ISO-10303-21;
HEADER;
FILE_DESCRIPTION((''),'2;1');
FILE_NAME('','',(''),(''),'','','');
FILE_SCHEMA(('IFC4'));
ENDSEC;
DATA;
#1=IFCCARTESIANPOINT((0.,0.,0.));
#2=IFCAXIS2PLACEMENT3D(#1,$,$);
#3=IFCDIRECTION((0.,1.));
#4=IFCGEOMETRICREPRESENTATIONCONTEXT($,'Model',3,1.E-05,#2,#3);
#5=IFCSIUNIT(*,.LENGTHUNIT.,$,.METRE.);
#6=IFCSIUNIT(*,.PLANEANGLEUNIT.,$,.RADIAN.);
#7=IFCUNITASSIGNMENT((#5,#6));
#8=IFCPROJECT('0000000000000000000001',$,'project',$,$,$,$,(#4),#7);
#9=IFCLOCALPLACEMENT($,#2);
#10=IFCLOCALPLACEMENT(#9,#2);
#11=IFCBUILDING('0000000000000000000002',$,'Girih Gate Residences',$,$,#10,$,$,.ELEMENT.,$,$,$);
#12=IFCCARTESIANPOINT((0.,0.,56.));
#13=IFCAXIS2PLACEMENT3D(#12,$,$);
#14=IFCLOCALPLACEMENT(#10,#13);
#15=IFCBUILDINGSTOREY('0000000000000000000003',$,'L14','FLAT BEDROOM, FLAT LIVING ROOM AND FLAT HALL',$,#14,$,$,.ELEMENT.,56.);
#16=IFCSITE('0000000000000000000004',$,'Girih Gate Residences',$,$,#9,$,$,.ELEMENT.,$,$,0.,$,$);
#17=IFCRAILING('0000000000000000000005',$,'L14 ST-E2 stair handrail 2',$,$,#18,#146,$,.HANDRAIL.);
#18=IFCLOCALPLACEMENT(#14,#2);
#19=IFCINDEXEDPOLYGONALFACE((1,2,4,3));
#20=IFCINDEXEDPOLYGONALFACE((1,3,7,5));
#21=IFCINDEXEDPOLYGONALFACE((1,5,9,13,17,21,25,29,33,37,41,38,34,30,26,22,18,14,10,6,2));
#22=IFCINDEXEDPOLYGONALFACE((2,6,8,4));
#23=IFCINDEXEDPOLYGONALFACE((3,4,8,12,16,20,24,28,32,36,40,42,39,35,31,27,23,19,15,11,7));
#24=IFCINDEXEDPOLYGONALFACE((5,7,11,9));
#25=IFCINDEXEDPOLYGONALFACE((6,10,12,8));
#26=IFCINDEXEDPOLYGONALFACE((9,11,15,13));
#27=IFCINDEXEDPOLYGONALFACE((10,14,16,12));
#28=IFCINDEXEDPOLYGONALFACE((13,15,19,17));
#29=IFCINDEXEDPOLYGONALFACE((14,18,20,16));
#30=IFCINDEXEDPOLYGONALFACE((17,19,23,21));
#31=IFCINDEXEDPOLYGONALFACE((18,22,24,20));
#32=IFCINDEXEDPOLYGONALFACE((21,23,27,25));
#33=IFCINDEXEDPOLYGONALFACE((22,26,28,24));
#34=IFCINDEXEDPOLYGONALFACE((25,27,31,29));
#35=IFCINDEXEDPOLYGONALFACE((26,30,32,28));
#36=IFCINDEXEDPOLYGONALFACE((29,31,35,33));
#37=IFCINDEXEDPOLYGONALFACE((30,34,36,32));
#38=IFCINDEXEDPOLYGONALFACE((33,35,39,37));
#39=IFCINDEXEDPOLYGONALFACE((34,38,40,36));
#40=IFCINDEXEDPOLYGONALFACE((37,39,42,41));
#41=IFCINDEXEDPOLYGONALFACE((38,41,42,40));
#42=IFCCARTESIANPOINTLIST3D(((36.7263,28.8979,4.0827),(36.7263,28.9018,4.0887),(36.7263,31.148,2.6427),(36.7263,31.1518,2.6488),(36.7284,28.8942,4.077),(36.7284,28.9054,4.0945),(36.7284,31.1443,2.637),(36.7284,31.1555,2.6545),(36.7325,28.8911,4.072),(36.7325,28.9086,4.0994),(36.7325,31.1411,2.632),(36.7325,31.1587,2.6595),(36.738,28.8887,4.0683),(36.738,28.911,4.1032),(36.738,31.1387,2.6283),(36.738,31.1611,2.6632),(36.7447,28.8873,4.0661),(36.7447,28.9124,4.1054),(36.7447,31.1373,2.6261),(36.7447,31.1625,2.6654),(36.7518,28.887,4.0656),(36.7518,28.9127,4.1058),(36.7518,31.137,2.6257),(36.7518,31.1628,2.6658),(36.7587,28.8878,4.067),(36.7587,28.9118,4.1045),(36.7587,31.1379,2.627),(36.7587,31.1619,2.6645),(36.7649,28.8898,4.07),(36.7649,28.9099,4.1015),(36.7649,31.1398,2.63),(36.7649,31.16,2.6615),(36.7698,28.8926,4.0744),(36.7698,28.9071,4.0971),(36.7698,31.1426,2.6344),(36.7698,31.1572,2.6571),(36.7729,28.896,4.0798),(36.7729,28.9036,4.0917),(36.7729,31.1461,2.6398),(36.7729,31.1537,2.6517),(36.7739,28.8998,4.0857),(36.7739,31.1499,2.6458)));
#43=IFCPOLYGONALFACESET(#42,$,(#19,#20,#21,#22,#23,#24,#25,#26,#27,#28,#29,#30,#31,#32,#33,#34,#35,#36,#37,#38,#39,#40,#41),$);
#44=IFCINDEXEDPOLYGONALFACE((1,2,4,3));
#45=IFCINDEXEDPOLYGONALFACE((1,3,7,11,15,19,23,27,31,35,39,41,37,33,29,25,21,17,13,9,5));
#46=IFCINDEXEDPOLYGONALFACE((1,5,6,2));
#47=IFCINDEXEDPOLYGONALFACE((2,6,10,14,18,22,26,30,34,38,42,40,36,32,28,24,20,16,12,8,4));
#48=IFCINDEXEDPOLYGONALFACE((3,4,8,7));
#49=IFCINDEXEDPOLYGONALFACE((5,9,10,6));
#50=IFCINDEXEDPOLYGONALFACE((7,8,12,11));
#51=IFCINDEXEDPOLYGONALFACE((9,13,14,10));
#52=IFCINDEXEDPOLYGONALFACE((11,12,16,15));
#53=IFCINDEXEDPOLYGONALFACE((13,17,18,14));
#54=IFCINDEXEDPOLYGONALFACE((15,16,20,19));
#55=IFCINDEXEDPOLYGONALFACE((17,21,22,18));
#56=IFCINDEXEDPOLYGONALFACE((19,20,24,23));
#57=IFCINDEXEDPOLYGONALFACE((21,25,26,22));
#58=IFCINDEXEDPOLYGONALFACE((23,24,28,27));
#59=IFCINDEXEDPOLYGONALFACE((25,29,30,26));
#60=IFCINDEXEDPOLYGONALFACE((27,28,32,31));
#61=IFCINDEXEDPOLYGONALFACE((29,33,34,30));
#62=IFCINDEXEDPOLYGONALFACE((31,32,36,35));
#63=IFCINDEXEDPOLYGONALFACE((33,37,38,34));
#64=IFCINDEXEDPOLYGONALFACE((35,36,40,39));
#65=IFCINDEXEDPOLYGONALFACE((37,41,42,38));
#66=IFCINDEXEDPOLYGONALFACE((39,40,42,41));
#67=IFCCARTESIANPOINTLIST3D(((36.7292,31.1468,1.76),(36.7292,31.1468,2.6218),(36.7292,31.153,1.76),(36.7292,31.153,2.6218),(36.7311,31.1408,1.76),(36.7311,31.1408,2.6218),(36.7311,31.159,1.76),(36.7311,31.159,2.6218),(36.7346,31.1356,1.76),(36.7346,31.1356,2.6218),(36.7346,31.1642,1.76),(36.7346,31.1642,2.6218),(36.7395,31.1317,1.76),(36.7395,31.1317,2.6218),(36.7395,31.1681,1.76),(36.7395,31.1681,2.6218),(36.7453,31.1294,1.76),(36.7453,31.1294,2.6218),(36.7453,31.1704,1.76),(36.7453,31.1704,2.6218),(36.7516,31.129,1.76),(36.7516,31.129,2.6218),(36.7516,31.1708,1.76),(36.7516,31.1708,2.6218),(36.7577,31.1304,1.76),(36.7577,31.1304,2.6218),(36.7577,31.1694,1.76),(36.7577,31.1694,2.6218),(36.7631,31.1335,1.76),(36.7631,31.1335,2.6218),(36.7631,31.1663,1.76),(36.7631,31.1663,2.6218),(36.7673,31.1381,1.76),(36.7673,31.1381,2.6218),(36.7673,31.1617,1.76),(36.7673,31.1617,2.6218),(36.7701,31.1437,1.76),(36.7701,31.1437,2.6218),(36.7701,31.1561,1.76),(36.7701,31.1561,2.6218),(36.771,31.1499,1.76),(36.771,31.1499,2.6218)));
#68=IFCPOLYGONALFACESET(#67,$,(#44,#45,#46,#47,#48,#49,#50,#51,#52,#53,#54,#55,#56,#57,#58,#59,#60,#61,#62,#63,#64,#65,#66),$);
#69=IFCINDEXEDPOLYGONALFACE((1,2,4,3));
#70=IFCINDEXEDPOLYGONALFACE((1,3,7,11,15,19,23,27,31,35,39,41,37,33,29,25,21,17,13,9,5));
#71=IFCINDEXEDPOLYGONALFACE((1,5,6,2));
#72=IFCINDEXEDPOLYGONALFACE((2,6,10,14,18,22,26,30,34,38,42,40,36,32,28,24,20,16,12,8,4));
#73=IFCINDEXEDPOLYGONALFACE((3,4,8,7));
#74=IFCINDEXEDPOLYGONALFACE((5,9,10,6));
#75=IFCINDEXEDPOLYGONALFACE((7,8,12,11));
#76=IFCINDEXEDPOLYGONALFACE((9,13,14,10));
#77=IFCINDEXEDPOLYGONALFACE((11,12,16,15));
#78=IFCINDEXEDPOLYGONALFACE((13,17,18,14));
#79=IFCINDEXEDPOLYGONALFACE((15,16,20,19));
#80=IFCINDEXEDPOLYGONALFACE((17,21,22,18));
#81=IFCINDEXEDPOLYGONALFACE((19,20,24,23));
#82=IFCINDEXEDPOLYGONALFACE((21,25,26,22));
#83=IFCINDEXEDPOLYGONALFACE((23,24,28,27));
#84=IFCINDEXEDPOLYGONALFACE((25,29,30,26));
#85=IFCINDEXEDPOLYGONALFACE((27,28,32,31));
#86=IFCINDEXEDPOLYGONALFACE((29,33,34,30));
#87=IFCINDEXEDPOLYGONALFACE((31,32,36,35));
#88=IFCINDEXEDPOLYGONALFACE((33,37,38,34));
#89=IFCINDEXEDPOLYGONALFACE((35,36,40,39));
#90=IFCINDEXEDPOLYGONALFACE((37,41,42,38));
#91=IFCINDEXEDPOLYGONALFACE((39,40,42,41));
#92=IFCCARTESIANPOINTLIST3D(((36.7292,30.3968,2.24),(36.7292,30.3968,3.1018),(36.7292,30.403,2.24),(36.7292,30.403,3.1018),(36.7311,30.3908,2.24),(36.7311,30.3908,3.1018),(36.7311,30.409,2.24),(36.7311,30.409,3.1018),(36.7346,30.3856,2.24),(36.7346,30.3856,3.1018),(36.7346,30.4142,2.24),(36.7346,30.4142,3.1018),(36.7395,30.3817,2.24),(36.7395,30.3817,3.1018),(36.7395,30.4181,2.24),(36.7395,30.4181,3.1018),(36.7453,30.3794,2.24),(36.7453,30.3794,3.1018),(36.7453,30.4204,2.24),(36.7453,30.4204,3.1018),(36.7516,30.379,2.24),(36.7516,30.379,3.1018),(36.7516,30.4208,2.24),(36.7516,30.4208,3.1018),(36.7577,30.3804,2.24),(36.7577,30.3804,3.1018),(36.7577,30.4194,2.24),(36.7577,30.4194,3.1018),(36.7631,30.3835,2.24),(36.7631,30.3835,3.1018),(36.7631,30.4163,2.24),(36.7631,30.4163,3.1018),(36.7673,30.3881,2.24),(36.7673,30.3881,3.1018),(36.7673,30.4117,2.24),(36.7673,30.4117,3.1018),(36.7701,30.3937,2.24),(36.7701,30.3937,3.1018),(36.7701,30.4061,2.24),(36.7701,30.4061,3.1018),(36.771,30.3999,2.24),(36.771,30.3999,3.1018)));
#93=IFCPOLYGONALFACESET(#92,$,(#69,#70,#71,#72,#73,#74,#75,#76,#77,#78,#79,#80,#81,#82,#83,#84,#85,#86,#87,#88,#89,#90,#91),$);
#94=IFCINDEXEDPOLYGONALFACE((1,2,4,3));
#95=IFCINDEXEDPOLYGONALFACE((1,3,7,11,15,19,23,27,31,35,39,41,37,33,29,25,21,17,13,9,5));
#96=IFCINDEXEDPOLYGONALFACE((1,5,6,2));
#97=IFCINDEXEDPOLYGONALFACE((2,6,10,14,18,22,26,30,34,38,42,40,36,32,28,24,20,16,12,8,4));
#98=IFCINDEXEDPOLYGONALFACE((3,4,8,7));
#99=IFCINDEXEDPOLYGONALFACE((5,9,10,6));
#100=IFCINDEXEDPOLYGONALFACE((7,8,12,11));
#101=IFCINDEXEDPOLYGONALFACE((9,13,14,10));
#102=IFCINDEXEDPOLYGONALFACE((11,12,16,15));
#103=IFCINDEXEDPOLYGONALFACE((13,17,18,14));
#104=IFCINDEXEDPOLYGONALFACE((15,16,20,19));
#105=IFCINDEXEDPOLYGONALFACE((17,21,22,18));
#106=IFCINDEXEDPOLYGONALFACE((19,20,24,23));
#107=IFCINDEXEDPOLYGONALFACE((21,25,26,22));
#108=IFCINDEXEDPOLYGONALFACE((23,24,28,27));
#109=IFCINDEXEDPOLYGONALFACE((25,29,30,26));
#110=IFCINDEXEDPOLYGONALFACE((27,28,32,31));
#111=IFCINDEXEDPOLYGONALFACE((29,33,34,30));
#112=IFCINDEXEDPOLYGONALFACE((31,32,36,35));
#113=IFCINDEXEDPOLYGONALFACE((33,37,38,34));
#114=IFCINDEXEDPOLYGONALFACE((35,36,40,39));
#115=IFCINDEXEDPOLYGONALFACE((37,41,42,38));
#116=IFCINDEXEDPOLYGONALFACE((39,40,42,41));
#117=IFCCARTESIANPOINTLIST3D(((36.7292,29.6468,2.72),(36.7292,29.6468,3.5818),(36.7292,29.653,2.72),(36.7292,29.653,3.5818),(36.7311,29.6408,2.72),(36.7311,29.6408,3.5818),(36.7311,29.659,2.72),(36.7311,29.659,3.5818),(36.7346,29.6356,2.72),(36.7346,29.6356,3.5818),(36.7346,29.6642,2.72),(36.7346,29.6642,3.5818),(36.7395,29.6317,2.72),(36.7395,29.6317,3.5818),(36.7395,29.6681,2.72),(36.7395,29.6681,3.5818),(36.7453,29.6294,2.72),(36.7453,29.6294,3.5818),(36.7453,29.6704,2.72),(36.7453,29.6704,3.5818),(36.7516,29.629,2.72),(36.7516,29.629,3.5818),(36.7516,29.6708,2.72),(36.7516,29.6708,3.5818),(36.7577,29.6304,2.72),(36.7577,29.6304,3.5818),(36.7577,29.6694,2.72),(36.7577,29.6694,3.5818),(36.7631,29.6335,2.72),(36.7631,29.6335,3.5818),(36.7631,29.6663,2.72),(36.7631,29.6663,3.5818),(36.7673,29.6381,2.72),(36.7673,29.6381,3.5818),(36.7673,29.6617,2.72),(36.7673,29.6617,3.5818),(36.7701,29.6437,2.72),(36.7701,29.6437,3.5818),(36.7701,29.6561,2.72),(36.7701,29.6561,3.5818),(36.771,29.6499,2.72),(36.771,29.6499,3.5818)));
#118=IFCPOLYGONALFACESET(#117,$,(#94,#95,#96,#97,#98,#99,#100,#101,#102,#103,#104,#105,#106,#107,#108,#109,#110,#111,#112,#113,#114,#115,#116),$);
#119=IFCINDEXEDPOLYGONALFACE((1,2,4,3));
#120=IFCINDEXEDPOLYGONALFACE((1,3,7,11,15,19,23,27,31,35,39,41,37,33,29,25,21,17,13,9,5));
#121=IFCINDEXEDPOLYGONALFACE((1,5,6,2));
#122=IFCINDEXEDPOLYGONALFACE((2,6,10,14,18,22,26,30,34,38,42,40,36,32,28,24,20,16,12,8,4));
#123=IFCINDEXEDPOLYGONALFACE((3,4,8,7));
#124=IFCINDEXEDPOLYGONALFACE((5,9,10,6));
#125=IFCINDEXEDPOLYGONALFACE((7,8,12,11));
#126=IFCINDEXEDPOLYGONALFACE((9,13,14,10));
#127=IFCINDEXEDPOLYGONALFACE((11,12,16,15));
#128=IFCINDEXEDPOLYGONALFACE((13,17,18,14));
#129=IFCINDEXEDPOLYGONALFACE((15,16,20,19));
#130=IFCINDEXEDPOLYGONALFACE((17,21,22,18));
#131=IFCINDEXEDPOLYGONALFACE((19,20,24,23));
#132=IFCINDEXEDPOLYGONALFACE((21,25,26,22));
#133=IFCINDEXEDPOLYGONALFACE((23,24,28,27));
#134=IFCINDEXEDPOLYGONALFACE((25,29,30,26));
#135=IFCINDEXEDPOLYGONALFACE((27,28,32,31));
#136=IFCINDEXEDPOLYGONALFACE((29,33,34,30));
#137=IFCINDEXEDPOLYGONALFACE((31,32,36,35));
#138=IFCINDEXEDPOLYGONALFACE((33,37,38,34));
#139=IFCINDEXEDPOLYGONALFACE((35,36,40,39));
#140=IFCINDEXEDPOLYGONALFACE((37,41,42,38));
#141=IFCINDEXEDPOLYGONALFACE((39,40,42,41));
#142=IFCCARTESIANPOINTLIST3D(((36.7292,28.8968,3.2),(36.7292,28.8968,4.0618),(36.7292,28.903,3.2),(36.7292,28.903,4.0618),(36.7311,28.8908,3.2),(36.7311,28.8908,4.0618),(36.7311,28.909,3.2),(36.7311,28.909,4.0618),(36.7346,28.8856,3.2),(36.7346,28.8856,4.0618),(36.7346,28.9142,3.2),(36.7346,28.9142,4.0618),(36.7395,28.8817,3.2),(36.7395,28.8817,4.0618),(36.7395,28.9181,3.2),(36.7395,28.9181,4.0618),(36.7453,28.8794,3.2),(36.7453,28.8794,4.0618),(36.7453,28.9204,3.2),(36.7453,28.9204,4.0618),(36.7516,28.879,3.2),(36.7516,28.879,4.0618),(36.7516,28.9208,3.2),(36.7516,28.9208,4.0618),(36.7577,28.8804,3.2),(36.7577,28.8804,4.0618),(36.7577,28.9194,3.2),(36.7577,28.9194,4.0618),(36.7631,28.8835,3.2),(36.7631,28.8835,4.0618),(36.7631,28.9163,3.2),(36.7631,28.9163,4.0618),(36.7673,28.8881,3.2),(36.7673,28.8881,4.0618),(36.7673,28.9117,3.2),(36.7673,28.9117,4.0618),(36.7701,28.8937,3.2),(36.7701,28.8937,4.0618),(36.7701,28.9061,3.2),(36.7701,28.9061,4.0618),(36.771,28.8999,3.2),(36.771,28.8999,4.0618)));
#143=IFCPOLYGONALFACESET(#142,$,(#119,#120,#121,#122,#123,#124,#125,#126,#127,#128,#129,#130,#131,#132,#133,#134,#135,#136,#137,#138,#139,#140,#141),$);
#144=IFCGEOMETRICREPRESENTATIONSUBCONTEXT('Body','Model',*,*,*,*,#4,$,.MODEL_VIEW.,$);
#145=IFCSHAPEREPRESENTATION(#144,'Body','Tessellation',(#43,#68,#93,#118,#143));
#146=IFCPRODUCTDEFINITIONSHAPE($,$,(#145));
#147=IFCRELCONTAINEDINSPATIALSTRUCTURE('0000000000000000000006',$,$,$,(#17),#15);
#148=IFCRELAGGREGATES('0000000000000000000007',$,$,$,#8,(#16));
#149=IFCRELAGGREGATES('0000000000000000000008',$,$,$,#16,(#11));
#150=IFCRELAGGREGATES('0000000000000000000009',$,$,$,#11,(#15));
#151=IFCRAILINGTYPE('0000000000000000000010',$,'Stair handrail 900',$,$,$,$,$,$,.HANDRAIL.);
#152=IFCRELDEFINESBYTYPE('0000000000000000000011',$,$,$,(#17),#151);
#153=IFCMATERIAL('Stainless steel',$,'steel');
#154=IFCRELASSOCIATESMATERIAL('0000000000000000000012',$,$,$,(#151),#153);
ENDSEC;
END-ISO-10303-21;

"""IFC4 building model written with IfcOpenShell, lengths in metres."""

from ifc_helpers import new_model, si_unit, direction, frame, origin, origin_2d, place, context, subcontext, project, spatial, circle, extrude, material, type_object, element, save


model = new_model("IFC4")

# Units and contexts
model_context = context("Model", 3, precision=1e-05, world=origin(), true_north=direction((0.0, 1.0)))
body_context = subcontext(model_context, "Body", "Model", "MODEL_VIEW")
ifc_project = project(units=[si_unit("LENGTHUNIT", "METRE"), si_unit("PLANEANGLEUNIT", "RADIAN")], contexts=[model_context])

# Site, building, storey
site_placement = place(None, origin())
site = spatial("IfcSite", under=ifc_project, at=site_placement, Name="Girih Gate Residences", CompositionType="ELEMENT", RefElevation=0.0)
building_placement = place(site_placement, origin())
building = spatial("IfcBuilding", under=site, at=building_placement, Name="Girih Gate Residences", CompositionType="ELEMENT")
storey_placement = place(building_placement, frame((0.0, 0.0, 56.0)))
storey = spatial("IfcBuildingStorey", under=building, at=storey_placement, Name="L14", Description="FLAT BEDROOM, FLAT LIVING ROOM AND FLAT HALL", CompositionType="ELEMENT", Elevation=56.0)

# Shared definitions
ifc_material_1 = material(Name="Stainless steel", Category="steel")

# Railing
railing_type_1 = type_object("IfcRailingType", Name="Stair handrail 900", PredefinedType="HANDRAIL", material=ifc_material_1)
railing_1_placement = place(storey_placement, frame((36.75, 31.1499, 1.76)))
element("IfcRailing", 1, at=railing_1_placement, inside=storey, type_object=railing_type_1, Name="L14 ST-E2 stair handrail 2", PredefinedType="HANDRAIL", context=body_context, shape_type="SweptSolid", body=[
    extrude(circle(Radius=0.0239, at=origin_2d()), frame((0.0, 0.0, 0.8857), z_axis=(0.0, -0.842281, 0.539038), x_axis=(1.0, 0.0, 0.0)), (0.0, 0.0, 1.0), 2.6714),
    extrude(circle(Radius=0.021, at=origin_2d()), origin(), (0.0, 0.0, 1.0), 0.8618),
    extrude(circle(Radius=0.021, at=origin_2d()), frame((0.0, -0.75, 0.48)), (0.0, 0.0, 1.0), 0.8618),
    extrude(circle(Radius=0.021, at=origin_2d()), frame((0.0, -1.5, 0.96)), (0.0, 0.0, 1.0), 0.8618),
    extrude(circle(Radius=0.021, at=origin_2d()), frame((0.0, -2.25, 1.4399)), (0.0, 0.0, 1.0), 0.8618),
])

save(model, "model.ifc")
